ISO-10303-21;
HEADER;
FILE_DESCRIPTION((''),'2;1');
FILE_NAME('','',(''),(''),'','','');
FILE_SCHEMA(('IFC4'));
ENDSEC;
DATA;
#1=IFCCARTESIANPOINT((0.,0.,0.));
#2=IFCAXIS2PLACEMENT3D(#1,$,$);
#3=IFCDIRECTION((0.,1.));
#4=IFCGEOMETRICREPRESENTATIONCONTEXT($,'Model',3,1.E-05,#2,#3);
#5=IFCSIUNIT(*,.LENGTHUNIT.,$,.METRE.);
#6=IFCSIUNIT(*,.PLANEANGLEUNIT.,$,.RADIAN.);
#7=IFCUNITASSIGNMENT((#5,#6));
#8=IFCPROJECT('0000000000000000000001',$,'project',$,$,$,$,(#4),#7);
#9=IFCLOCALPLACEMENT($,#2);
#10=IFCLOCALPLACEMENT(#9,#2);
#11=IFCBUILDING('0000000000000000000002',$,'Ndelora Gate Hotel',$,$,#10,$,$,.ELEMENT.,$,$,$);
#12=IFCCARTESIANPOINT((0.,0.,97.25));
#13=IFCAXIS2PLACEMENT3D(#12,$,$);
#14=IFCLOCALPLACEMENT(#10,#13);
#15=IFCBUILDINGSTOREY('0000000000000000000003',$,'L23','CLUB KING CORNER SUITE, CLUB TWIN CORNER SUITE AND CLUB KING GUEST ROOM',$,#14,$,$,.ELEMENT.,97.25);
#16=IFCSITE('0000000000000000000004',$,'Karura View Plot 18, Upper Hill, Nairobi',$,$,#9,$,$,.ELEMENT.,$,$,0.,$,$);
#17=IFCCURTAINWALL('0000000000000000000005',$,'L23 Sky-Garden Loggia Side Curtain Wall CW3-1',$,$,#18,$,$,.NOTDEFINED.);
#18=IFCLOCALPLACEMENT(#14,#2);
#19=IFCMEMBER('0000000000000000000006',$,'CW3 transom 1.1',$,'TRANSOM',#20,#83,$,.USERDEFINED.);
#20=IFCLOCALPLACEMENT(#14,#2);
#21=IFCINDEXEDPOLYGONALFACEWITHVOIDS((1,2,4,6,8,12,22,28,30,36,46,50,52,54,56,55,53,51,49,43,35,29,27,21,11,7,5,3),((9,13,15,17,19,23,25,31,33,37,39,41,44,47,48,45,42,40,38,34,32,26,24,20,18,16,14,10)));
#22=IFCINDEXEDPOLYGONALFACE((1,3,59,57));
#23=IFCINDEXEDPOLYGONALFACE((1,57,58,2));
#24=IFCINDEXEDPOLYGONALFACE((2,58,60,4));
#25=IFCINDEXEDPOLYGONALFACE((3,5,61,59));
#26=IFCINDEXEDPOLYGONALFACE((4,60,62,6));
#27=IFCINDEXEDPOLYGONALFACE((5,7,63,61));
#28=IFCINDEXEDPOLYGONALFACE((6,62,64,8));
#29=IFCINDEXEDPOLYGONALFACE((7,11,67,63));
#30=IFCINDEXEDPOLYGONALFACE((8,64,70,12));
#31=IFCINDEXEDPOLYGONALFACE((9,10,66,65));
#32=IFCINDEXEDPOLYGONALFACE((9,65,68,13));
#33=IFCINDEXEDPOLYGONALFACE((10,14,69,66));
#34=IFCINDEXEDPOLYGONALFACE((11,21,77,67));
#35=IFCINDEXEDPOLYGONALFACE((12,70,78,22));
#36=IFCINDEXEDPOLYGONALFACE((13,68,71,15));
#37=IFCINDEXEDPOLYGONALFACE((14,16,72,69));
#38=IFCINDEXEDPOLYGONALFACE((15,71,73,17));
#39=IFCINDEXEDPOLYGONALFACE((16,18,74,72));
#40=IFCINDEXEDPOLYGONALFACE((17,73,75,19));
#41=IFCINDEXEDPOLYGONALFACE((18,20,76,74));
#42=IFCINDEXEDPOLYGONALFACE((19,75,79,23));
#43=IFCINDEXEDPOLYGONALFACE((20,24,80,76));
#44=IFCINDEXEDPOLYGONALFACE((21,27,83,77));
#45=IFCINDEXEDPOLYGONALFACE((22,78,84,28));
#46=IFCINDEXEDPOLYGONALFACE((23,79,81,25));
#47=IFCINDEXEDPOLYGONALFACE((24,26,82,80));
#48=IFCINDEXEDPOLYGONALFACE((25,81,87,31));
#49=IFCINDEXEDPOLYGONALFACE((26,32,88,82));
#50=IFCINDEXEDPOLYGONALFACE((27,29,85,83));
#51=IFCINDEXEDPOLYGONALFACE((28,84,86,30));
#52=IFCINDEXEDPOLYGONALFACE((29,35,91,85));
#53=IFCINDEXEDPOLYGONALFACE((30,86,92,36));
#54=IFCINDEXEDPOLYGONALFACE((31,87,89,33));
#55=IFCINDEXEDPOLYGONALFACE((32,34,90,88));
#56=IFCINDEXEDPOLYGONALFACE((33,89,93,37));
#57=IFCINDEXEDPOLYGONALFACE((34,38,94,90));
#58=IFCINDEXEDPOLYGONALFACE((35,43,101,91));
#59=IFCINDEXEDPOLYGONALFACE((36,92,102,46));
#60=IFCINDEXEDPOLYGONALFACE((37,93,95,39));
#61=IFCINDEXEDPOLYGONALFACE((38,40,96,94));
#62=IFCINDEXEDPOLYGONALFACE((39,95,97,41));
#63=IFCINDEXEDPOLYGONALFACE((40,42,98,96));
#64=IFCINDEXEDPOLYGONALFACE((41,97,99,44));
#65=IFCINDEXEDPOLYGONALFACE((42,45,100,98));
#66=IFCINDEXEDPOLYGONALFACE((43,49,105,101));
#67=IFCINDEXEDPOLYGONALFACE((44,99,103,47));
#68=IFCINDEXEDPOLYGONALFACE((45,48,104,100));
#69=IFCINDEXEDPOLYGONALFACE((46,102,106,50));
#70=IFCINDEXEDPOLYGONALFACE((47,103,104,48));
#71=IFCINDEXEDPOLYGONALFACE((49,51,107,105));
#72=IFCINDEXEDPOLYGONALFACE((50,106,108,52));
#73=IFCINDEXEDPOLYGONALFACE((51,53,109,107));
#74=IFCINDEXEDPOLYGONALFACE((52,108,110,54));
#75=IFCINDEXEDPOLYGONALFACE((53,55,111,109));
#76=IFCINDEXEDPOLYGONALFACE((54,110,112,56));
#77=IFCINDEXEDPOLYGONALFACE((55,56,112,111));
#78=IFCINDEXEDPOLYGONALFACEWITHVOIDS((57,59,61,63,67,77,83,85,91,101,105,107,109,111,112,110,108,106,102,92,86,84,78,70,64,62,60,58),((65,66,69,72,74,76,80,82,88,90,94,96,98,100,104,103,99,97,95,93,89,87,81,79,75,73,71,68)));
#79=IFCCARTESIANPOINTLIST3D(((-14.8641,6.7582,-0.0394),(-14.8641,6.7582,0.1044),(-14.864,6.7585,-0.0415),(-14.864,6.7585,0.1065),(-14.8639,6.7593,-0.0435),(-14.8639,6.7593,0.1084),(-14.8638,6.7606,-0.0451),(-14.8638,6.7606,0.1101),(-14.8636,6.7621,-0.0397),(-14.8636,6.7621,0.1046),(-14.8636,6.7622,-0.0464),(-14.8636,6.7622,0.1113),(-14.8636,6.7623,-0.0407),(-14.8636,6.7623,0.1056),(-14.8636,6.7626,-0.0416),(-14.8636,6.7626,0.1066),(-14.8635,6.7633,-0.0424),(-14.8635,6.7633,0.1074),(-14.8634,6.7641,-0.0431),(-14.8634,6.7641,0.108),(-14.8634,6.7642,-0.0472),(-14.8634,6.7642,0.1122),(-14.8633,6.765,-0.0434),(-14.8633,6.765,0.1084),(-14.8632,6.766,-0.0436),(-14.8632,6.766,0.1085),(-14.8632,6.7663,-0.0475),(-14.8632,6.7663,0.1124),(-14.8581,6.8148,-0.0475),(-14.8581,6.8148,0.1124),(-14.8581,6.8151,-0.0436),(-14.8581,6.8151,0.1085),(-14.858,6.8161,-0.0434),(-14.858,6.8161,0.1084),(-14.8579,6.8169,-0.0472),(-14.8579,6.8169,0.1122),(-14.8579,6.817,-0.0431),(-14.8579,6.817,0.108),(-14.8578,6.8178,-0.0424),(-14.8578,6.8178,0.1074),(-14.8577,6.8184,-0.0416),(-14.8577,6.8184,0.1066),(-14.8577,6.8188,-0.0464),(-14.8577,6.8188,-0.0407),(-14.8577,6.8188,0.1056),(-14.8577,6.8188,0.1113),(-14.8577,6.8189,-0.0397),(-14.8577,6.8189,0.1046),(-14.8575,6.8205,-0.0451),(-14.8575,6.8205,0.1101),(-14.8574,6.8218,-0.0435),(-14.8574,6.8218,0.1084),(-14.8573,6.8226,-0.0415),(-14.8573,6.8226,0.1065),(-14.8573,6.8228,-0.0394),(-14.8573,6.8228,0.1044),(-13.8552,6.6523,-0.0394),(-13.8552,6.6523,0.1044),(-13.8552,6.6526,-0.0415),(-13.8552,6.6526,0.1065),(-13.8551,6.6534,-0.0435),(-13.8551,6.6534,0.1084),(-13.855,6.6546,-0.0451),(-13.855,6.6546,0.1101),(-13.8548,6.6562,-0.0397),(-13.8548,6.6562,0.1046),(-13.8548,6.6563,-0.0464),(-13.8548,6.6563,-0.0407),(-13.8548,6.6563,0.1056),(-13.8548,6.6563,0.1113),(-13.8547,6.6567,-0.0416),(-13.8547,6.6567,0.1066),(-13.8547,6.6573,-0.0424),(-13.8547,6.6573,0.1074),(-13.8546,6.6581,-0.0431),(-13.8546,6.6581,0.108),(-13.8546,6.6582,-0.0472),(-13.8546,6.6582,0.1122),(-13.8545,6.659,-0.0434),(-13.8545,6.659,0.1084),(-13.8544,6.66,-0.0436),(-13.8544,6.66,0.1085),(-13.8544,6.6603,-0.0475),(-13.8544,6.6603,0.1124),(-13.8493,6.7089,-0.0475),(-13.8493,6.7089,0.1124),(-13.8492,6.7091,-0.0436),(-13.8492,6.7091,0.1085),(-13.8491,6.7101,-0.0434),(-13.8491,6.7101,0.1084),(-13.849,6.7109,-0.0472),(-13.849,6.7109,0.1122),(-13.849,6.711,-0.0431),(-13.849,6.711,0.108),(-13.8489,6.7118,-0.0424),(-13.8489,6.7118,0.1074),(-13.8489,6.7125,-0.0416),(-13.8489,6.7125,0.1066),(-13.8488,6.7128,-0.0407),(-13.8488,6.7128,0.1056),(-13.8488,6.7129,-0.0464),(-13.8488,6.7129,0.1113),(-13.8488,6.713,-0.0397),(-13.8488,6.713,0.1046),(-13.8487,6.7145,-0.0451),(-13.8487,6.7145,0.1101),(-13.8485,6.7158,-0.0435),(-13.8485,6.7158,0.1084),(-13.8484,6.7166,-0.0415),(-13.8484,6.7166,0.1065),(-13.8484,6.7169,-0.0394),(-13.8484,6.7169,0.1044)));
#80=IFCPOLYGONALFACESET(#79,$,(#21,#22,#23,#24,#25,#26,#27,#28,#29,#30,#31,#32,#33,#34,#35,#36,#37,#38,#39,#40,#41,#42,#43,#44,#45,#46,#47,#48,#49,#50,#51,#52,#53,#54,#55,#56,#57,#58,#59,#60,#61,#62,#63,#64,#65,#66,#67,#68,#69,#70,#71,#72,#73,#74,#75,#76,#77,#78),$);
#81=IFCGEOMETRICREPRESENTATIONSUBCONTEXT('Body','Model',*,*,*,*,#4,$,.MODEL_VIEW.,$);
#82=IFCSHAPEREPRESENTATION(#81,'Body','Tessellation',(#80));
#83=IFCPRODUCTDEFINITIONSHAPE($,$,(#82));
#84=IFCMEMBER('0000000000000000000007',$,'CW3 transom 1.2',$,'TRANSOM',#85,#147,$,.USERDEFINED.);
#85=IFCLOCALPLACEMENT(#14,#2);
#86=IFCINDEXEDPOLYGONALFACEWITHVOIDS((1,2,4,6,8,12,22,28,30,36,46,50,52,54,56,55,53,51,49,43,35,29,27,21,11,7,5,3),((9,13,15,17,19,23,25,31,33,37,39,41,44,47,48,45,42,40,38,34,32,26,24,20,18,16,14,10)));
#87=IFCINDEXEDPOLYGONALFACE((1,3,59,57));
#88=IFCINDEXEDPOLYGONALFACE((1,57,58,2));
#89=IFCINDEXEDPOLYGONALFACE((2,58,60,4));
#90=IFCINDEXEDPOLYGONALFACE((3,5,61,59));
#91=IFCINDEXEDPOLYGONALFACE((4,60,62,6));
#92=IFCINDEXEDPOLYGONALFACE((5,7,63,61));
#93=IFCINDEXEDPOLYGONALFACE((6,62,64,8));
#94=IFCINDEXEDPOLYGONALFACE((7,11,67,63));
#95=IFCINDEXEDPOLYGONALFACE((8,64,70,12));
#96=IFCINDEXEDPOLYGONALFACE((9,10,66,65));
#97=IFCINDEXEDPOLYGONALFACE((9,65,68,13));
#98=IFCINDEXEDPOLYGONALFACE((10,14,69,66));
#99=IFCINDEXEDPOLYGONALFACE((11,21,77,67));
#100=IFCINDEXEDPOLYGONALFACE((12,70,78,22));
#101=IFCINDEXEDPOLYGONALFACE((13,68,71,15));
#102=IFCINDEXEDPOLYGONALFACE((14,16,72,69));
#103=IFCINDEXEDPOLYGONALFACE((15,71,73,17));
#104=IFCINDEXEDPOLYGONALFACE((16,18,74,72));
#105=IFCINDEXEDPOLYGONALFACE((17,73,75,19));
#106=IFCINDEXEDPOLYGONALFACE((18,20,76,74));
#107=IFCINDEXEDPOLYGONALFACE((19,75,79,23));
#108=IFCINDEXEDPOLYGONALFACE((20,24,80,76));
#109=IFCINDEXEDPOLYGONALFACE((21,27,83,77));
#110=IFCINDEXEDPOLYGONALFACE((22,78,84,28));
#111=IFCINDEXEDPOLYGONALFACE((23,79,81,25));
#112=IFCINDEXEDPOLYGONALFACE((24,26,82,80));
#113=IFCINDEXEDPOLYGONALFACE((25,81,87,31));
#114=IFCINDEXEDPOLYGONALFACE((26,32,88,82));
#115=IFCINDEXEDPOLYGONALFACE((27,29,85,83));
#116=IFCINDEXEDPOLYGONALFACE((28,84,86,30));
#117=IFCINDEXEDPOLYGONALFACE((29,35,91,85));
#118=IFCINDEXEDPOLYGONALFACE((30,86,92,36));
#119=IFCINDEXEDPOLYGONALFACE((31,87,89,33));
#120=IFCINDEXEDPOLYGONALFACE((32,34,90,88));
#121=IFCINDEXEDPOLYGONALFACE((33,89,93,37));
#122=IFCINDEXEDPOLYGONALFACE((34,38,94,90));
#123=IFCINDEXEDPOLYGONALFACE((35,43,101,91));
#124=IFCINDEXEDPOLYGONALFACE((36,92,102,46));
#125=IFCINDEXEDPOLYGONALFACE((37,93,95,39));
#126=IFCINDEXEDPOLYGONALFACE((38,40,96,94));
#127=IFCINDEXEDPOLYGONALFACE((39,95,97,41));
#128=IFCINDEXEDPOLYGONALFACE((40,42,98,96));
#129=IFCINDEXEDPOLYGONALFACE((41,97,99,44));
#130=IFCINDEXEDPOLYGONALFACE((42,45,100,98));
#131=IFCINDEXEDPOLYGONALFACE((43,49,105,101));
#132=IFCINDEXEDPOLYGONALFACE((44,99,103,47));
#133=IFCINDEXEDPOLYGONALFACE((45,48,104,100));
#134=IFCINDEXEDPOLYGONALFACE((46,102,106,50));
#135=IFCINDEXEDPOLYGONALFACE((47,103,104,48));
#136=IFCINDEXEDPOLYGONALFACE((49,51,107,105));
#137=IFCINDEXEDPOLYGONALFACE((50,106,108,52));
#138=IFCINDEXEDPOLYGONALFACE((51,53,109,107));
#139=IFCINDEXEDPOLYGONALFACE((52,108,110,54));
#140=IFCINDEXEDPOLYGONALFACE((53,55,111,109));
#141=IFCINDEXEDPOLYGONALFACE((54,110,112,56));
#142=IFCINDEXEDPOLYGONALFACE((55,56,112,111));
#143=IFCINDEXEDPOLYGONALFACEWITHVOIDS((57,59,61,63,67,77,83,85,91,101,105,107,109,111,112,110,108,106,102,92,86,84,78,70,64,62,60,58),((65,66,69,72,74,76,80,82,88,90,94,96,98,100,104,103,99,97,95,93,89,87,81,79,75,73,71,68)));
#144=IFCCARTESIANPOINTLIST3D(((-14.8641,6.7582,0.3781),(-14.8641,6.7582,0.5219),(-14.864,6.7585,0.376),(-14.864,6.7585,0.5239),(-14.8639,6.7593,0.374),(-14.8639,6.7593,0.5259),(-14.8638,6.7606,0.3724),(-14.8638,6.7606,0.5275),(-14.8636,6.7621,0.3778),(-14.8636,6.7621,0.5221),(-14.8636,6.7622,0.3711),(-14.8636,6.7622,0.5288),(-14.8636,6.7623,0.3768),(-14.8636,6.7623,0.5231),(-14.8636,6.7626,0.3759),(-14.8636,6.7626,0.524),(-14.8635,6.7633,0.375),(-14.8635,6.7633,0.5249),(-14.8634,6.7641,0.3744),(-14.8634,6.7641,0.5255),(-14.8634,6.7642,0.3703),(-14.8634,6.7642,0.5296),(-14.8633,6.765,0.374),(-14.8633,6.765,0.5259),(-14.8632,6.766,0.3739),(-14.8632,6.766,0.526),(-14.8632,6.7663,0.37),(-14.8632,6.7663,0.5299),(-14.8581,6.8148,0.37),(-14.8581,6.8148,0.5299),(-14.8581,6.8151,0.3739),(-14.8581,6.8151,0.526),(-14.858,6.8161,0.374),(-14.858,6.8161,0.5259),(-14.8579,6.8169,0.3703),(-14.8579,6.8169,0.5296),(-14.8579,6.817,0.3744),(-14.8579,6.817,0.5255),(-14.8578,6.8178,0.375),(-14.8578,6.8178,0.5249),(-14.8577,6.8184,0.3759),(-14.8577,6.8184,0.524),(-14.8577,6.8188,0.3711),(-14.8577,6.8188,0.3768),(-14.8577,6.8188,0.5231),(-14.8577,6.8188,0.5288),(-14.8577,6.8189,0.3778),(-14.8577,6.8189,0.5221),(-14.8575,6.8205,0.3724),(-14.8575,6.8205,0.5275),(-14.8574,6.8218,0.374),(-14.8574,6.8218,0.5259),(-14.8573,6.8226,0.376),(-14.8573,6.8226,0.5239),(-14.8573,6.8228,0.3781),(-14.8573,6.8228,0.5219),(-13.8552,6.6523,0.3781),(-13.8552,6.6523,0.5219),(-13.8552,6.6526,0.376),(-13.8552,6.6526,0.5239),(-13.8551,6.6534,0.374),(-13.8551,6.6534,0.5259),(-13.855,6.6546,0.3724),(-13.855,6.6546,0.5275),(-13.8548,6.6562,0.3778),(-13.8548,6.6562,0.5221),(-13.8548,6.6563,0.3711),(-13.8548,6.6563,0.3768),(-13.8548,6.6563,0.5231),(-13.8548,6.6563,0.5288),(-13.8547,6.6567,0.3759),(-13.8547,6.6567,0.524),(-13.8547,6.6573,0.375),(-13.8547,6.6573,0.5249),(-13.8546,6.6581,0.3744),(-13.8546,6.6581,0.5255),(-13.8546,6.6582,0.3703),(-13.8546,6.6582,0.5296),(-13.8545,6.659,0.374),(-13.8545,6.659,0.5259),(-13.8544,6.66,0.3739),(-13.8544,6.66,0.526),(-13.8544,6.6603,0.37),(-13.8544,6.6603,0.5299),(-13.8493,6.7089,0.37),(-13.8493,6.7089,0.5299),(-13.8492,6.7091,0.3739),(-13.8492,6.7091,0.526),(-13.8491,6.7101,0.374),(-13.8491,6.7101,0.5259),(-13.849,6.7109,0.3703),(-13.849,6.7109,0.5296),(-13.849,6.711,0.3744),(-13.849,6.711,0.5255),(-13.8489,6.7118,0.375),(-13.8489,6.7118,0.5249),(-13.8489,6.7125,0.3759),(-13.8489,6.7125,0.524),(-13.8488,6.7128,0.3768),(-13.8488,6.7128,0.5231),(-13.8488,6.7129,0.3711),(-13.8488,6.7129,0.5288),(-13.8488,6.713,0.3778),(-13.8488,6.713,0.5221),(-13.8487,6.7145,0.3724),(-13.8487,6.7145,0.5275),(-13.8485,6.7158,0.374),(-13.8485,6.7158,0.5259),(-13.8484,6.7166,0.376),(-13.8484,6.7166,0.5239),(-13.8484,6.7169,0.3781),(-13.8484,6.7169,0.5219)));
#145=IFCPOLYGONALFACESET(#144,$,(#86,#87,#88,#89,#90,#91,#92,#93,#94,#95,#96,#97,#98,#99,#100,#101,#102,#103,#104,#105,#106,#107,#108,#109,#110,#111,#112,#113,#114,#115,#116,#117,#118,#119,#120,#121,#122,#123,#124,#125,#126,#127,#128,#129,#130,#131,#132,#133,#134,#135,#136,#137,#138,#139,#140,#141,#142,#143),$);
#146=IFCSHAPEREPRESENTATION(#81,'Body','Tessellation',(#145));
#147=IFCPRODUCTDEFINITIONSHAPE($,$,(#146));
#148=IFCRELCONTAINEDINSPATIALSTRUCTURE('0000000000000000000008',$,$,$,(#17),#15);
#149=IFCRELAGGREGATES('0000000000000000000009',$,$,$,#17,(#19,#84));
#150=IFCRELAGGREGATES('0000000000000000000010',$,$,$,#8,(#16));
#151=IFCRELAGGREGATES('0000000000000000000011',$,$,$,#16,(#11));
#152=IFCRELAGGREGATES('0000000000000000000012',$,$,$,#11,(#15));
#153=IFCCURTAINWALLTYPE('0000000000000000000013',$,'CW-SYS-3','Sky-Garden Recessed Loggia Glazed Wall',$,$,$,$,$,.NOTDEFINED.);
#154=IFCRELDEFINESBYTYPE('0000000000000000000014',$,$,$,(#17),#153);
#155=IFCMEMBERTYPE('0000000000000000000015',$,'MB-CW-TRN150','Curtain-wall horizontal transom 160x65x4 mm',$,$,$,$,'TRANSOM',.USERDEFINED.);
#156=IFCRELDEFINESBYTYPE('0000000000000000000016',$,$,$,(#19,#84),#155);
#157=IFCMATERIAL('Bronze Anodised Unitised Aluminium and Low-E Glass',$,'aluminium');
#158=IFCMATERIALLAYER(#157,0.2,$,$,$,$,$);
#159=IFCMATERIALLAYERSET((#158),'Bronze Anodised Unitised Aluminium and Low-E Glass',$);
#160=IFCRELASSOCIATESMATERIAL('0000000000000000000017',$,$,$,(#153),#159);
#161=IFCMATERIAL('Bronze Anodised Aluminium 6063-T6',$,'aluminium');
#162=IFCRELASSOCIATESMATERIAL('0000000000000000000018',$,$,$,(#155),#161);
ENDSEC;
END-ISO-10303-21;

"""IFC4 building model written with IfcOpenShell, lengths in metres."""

from ifc_helpers import new_model, si_unit, direction, frame, origin, origin_2d, place, context, subcontext, project, spatial, hollow_rectangle, extrude, material, layer, layer_set, material_profile, profile_set, type_object, element, aggregate, save


model = new_model("IFC4")

# Units and contexts
model_context = context("Model", 3, precision=1e-05, world=origin(), true_north=direction((0.0, 1.0)))
body_context = subcontext(model_context, "Body", "Model", "MODEL_VIEW")
ifc_project = project(units=[si_unit("LENGTHUNIT", "METRE"), si_unit("PLANEANGLEUNIT", "RADIAN")], contexts=[model_context])

# Site, building, storey
site_placement = place(None, origin())
site = spatial("IfcSite", under=ifc_project, at=site_placement, Name="Karura View Plot 18, Upper Hill, Nairobi", CompositionType="ELEMENT", RefElevation=0.0)
building_placement = place(site_placement, origin())
building = spatial("IfcBuilding", under=site, at=building_placement, Name="Ndelora Gate Hotel", CompositionType="ELEMENT")
storey_placement = place(building_placement, frame((0.0, 0.0, 97.25)))
storey = spatial("IfcBuildingStorey", under=building, at=storey_placement, Name="L23", Description="CLUB KING CORNER SUITE, CLUB TWIN CORNER SUITE AND CLUB KING GUEST ROOM", CompositionType="ELEMENT", Elevation=97.25)

# Curtain wall, members
ifc_material_1 = material(Name="Bronze Anodised Unitised Aluminium and Low-E Glass", Category="aluminium")
ifc_layer_1 = layer(ifc_material_1, 0.2)
ifc_layer_set_1 = layer_set([ifc_layer_1], Name="Bronze Anodised Unitised Aluminium and Low-E Glass")
curtain_wall_type = type_object("IfcCurtainWallType", Name="CW-SYS-3", Description="Sky-Garden Recessed Loggia Glazed Wall", PredefinedType="NOTDEFINED", material=ifc_layer_set_1)
curtain_wall_placement = place(storey_placement, origin())
curtain_wall = element("IfcCurtainWall", 1, at=curtain_wall_placement, inside=storey, type_object=curtain_wall_type, Name="L23 Sky-Garden Loggia Side Curtain Wall CW3-1", PredefinedType="NOTDEFINED")
ifc_material_2 = material(Name="Bronze Anodised Aluminium 6063-T6", Category="aluminium")
ifc_material_profile_1 = material_profile(ifc_material_2, hollow_rectangle(XDim=0.0649, YDim=0.1599, WallThickness=0.0039, InnerFilletRadius=0.0039, OuterFilletRadius=0.0081, at=origin_2d()), Name="ALU 160x65x4")
ifc_profile_set_1 = profile_set([ifc_material_profile_1], Name="Bronze Anodised Aluminium 6063-T6")
member_type_1 = type_object("IfcMemberType", Name="MB-CW-TRN150", Description="Curtain-wall horizontal transom 160x65x4 mm", ElementType="TRANSOM", PredefinedType="USERDEFINED", material=ifc_profile_set_1)
member_1_placement = place(storey_placement, frame((-13.8518, 6.6846, 0.0325), z_axis=(-0.994529, 0.104459, 0.0), x_axis=(-0.104459, -0.994529, 0.0)))
member_1 = element("IfcMember", 2, at=member_1_placement, type_object=member_type_1, Name="CW3 transom 1.1", ObjectType="TRANSOM", PredefinedType="USERDEFINED", context=body_context, shape_type="SweptSolid", body=[
    extrude(hollow_rectangle(XDim=0.0649, YDim=0.1599, WallThickness=0.0039, InnerFilletRadius=0.0039, OuterFilletRadius=0.0081, at=origin_2d()), origin(), (0.0, 0.0, 1.0), 1.0144),
])
member_2_placement = place(storey_placement, frame((-13.8518, 6.6846, 0.45), z_axis=(-0.994529, 0.104459, 0.0), x_axis=(-0.104459, -0.994529, 0.0)))
member_2 = element("IfcMember", 3, at=member_2_placement, type_object=member_type_1, Name="CW3 transom 1.2", ObjectType="TRANSOM", PredefinedType="USERDEFINED", context=body_context, shape_type="SweptSolid", body=[
    extrude(hollow_rectangle(XDim=0.0649, YDim=0.1599, WallThickness=0.0039, InnerFilletRadius=0.0039, OuterFilletRadius=0.0081, at=origin_2d()), origin(), (0.0, 0.0, 1.0), 1.0144),
])
aggregate(curtain_wall, [member_1, member_2])

save(model, "model.ifc")
